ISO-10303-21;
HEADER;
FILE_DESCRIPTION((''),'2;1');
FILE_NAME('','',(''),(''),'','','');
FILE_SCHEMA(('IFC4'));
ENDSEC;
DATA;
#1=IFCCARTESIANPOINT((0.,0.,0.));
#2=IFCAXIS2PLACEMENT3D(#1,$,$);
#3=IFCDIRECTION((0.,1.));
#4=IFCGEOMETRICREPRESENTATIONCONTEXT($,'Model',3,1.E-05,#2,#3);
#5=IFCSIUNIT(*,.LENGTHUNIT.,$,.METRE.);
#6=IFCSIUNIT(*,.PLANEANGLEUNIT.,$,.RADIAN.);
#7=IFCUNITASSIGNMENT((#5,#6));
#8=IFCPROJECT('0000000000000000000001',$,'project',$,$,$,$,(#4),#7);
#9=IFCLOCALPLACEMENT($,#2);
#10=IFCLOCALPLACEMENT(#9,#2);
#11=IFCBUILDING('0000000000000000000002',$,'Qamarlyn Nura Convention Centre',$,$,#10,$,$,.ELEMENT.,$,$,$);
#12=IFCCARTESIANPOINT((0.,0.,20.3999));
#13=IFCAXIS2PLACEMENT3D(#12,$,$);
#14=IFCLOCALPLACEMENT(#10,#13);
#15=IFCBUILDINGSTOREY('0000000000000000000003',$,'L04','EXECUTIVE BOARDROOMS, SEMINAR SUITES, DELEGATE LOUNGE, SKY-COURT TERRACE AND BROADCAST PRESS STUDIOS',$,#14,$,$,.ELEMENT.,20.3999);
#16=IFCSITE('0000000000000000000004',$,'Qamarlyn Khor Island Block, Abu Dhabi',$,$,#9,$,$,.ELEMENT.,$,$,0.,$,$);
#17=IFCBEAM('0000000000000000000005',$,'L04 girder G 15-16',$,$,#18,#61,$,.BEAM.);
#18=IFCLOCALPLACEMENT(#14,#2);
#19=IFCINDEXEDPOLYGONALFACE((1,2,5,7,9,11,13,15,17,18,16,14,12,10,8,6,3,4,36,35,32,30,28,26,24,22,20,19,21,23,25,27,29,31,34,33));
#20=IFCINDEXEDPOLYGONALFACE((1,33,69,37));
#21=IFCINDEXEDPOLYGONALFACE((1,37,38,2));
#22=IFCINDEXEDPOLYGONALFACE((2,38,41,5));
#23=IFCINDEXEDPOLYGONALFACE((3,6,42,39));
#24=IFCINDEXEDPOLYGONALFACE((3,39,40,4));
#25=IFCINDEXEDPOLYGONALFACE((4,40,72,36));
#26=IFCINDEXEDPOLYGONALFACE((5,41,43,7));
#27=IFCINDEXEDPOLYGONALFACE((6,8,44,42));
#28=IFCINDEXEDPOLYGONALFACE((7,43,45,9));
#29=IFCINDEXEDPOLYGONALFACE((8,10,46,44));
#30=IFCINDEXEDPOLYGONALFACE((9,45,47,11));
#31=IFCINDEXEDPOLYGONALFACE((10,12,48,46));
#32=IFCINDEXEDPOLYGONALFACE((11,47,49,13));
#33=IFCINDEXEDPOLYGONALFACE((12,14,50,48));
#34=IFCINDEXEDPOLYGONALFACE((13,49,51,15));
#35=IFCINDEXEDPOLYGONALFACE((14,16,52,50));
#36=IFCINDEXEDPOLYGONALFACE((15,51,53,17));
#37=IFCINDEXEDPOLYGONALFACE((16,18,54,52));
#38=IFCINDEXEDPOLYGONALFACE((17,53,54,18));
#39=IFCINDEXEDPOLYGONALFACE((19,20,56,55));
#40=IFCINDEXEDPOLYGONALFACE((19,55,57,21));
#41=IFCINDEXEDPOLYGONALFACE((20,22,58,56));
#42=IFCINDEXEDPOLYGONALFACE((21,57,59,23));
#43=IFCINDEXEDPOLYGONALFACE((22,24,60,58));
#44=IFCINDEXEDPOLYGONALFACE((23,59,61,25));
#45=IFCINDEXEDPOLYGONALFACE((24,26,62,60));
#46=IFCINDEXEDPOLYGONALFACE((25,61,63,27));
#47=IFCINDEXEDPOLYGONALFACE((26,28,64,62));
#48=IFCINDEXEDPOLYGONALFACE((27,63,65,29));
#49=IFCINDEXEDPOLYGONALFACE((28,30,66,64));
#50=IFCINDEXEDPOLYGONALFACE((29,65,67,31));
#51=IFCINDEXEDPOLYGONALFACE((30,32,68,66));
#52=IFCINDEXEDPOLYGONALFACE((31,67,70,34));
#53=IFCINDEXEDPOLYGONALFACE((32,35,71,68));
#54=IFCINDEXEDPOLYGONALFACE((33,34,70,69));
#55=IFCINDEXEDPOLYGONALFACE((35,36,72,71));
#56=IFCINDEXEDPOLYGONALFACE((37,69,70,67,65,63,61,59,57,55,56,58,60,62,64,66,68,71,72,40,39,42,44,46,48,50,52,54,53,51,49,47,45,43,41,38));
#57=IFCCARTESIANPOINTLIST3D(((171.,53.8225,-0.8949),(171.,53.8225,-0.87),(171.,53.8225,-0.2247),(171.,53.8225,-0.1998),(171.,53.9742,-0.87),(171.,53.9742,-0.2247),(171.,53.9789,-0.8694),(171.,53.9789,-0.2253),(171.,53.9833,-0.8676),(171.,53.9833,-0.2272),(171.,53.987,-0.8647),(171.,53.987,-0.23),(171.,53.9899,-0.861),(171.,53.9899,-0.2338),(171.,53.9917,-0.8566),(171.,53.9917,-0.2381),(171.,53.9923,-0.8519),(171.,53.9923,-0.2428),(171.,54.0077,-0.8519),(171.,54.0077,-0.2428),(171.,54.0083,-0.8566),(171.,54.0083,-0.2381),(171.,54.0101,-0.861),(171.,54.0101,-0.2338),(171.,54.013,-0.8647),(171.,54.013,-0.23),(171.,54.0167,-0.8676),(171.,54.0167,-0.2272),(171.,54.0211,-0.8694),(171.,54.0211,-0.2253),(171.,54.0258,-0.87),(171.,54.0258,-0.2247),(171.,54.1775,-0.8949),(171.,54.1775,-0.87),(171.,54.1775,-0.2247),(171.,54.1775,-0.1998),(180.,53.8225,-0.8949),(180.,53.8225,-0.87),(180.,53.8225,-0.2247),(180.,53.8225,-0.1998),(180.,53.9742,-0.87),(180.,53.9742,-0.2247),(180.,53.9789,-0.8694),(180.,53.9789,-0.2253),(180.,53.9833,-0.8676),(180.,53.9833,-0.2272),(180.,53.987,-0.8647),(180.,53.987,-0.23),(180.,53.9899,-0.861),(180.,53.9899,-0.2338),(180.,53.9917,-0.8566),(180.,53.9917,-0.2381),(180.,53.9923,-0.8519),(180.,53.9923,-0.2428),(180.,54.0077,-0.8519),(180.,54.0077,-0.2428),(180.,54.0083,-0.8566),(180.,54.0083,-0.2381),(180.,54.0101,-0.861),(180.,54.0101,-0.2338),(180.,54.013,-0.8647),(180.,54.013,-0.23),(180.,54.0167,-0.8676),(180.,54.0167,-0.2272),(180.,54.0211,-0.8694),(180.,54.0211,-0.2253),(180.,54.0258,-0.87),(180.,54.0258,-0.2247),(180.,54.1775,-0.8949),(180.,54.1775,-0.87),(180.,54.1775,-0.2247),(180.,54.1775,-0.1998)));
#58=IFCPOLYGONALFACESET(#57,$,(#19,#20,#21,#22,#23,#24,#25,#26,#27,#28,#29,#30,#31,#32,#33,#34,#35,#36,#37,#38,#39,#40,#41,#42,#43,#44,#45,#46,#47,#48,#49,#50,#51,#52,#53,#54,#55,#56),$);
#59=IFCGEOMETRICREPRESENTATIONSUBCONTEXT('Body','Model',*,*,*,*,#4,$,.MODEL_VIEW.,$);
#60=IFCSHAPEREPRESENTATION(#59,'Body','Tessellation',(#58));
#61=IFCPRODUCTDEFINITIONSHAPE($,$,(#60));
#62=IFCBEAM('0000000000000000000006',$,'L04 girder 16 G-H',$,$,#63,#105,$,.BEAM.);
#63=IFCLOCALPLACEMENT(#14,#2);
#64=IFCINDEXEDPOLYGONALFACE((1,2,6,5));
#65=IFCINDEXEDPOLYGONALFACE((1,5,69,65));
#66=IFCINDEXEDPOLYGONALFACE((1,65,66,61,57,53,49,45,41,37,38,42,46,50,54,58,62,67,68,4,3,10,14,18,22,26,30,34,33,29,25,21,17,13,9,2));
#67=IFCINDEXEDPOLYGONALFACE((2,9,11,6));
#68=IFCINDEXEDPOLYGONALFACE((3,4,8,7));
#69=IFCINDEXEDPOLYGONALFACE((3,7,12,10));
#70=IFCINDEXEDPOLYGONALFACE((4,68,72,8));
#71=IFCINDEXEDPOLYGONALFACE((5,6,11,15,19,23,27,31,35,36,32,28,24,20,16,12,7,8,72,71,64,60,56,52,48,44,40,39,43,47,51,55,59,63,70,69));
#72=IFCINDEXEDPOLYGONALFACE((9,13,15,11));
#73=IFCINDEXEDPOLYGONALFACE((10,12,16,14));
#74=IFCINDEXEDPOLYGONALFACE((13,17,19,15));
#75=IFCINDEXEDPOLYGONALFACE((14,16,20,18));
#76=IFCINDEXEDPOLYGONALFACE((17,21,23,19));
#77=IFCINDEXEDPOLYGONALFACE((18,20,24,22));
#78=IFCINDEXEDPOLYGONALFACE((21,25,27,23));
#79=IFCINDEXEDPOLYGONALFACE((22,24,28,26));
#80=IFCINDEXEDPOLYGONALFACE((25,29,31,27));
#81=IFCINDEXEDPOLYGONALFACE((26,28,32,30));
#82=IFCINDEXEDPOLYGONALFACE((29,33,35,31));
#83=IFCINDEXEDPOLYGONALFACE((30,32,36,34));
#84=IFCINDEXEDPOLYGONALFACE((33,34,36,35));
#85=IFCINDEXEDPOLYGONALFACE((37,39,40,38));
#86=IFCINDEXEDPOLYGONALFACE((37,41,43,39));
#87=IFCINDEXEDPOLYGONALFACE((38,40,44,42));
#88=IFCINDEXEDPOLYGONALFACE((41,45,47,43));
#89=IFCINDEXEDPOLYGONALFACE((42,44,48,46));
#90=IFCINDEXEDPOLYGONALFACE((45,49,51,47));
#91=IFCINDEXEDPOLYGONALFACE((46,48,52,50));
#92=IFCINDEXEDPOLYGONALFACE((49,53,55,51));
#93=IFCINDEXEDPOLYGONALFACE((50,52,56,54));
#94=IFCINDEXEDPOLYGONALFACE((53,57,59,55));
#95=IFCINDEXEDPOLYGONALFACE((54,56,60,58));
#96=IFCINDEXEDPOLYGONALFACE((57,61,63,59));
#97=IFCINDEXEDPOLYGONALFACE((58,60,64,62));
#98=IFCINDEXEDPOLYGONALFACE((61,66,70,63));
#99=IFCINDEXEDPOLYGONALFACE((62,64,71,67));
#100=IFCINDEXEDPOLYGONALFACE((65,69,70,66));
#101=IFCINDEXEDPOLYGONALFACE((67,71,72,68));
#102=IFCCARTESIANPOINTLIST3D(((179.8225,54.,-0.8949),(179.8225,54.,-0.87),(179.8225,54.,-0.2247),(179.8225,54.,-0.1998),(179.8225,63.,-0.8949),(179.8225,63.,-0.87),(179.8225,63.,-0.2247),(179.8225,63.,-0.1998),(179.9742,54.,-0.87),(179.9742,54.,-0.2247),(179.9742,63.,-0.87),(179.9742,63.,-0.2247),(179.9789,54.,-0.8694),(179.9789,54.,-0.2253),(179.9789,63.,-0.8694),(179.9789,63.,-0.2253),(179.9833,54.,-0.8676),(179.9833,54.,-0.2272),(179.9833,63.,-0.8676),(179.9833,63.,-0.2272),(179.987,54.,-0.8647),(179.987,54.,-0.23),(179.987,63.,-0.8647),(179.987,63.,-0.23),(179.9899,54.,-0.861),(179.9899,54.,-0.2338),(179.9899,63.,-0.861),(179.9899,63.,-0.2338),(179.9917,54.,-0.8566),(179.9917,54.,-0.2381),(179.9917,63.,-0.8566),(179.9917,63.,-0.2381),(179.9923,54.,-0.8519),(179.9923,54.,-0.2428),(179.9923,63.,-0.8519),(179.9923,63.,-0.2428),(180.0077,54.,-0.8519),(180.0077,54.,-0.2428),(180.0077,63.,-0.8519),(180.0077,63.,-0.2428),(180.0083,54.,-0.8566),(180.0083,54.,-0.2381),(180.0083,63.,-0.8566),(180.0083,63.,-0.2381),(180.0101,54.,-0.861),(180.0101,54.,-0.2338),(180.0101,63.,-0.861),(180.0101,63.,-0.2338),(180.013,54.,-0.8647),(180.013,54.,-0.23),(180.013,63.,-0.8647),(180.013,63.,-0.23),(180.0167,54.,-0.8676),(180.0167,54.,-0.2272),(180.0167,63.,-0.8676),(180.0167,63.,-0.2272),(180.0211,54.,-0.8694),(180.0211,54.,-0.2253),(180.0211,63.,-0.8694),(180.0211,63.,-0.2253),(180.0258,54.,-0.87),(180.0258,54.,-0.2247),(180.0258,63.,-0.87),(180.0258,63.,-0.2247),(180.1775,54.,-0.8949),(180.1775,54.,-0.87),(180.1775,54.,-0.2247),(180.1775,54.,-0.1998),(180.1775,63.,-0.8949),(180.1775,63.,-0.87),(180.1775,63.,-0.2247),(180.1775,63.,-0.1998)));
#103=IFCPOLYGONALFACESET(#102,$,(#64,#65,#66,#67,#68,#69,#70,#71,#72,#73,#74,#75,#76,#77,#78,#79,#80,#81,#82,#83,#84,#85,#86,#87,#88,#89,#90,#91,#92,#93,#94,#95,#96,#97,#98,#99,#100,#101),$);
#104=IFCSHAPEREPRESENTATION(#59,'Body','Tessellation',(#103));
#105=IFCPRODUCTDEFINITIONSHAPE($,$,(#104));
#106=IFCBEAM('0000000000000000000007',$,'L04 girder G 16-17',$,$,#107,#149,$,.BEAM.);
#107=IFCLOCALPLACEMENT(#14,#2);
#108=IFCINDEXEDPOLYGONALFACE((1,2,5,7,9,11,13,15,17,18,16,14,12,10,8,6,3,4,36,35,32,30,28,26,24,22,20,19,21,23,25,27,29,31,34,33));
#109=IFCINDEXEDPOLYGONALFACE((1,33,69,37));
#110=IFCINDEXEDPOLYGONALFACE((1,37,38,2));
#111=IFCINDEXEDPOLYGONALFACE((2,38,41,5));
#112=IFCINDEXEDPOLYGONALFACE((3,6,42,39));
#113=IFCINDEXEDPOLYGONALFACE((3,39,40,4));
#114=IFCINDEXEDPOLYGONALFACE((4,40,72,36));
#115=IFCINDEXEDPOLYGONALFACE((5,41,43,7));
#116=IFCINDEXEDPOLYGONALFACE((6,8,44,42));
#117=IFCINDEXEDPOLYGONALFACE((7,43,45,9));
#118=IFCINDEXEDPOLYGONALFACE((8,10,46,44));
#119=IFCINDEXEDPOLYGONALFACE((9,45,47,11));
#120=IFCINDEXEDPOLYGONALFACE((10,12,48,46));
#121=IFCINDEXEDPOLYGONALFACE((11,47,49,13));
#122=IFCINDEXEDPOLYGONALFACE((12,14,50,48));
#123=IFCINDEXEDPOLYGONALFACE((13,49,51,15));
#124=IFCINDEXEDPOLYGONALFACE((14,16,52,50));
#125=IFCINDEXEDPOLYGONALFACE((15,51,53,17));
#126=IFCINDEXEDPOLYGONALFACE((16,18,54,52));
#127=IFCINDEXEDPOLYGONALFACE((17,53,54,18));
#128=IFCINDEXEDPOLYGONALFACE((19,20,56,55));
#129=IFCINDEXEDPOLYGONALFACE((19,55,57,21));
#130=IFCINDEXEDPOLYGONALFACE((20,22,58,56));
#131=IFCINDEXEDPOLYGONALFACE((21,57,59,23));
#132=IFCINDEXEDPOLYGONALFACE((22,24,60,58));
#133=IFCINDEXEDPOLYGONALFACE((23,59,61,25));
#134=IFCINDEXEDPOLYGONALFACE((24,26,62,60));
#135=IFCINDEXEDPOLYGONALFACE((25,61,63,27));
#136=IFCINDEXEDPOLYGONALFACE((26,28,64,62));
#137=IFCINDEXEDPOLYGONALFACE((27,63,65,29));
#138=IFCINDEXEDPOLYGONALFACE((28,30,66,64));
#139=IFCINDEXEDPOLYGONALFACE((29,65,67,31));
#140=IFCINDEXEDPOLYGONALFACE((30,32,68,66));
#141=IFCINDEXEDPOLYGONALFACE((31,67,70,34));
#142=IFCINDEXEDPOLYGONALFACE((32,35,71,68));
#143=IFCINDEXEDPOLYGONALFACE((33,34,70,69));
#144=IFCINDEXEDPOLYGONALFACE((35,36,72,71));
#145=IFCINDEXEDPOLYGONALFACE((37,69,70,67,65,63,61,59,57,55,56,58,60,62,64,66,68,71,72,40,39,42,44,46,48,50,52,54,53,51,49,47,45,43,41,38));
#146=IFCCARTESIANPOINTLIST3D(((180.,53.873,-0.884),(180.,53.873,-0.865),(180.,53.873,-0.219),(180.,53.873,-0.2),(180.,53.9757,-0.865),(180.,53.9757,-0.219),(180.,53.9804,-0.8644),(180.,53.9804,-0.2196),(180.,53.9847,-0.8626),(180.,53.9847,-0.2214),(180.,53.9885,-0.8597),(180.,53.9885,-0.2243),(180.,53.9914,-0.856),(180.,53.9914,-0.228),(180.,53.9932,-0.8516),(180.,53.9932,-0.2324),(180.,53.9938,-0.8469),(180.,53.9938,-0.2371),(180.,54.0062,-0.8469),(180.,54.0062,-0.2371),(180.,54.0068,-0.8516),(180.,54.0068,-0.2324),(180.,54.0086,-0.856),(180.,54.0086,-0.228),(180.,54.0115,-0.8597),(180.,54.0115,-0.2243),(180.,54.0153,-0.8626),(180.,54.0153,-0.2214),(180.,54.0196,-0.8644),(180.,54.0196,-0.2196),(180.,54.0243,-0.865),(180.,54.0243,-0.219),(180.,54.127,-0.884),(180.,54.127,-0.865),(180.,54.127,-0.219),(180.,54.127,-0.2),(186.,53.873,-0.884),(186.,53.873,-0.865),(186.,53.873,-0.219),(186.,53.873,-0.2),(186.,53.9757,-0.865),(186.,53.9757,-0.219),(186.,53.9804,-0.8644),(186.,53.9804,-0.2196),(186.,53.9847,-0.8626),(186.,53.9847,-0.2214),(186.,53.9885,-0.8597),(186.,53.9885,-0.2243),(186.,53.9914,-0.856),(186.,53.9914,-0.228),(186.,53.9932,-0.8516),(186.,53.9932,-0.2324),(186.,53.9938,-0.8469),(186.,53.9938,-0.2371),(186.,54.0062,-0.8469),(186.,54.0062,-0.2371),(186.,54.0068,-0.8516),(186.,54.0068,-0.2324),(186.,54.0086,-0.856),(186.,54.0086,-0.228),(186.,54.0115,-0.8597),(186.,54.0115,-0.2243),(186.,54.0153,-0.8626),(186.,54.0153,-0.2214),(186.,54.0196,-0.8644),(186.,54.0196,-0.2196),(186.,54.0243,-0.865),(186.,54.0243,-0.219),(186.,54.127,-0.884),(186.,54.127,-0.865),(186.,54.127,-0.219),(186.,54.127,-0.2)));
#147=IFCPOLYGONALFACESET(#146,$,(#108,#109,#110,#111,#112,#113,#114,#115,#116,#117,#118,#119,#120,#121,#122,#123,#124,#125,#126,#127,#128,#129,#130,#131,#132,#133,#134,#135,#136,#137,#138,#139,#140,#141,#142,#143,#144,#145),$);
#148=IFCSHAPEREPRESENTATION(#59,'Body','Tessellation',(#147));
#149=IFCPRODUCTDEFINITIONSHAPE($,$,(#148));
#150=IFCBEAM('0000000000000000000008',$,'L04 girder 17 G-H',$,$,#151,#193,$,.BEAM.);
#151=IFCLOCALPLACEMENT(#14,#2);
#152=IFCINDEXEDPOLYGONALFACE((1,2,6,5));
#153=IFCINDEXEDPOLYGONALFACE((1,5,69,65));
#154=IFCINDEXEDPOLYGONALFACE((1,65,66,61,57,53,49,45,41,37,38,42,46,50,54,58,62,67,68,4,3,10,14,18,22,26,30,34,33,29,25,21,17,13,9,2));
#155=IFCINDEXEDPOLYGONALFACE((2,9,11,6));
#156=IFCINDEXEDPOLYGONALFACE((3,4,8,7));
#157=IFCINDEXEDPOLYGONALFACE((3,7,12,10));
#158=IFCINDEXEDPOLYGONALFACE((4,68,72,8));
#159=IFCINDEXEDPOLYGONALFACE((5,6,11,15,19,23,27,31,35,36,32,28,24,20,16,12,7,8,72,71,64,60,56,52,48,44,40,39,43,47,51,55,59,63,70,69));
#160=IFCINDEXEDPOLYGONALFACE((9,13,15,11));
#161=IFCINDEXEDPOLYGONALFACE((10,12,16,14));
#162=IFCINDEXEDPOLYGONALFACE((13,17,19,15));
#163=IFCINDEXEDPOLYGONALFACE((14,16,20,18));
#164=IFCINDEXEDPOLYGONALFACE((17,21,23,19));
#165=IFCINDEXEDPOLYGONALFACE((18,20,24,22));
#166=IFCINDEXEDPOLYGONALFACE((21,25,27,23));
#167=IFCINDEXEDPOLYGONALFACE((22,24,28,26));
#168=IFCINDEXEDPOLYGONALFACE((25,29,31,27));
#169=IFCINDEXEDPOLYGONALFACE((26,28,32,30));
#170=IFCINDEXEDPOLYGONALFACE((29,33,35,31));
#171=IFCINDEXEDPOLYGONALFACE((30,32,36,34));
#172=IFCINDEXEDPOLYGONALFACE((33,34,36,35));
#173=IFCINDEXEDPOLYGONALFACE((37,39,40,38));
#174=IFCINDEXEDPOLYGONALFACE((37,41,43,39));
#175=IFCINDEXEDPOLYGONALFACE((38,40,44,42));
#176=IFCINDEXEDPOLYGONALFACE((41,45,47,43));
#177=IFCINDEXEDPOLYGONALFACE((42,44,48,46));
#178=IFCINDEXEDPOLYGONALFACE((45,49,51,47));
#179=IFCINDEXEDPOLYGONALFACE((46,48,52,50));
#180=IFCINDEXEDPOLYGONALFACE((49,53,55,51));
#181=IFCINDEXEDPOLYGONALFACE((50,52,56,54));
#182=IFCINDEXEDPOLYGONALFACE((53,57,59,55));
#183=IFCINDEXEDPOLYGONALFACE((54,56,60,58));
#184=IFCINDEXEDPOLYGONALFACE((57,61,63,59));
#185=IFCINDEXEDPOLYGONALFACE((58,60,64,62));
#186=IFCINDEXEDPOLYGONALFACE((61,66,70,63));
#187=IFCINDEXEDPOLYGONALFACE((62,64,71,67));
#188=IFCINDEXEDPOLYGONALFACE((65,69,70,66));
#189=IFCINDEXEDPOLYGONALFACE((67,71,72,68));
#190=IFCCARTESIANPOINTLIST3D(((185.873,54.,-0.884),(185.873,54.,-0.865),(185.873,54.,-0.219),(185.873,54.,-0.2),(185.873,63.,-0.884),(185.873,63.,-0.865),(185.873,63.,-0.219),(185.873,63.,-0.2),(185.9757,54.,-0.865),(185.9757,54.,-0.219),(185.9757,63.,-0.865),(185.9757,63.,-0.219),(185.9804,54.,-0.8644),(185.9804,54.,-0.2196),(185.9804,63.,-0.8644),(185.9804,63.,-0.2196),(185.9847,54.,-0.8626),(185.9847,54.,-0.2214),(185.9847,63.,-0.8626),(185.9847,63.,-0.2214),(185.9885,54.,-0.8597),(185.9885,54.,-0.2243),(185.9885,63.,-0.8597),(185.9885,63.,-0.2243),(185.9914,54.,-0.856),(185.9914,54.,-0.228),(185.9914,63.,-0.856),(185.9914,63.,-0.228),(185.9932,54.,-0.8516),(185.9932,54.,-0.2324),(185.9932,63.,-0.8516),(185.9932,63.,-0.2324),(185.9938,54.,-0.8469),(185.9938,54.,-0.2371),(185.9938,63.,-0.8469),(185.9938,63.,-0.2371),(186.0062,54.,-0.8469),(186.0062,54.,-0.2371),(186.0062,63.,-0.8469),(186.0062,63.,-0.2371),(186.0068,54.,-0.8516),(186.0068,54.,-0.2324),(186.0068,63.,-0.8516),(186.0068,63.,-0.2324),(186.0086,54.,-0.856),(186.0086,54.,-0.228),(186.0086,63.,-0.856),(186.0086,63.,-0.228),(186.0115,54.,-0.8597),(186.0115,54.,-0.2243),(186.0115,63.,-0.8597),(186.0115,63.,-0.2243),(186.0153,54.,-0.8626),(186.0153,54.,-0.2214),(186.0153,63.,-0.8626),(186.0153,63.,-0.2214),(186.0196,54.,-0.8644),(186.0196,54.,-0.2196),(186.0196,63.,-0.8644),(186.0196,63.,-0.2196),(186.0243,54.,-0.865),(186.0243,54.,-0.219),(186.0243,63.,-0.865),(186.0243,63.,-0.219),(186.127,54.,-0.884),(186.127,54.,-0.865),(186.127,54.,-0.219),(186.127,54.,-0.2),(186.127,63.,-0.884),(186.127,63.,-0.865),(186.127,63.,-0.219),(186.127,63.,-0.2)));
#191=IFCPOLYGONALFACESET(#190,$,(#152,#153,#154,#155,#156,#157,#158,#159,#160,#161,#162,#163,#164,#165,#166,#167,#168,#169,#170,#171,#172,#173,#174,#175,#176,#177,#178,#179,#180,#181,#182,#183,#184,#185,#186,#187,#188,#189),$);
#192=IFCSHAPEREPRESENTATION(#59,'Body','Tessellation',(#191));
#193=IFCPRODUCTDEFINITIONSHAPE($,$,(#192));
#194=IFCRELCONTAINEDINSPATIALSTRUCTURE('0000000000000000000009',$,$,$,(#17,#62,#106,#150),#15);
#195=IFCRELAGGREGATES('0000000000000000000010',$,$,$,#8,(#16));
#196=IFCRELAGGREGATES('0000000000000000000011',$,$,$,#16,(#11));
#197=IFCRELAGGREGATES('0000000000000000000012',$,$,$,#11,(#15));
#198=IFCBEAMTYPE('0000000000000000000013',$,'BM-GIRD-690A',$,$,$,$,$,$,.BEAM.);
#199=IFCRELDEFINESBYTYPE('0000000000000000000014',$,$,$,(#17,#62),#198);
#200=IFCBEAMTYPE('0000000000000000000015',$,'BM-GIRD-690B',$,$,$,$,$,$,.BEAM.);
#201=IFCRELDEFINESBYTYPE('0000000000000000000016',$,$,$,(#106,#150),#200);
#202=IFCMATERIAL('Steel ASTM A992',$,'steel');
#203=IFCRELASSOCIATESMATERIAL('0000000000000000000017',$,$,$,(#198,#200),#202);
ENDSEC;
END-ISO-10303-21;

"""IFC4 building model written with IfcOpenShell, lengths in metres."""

from ifc_helpers import new_model, si_unit, direction, frame, origin, origin_2d, place, context, subcontext, project, spatial, i_section, extrude, material, material_profile, profile_set, type_object, element, save


model = new_model("IFC4")

# Units and contexts
model_context = context("Model", 3, precision=1e-05, world=origin(), true_north=direction((0.0, 1.0)))
body_context = subcontext(model_context, "Body", "Model", "MODEL_VIEW")
ifc_project = project(units=[si_unit("LENGTHUNIT", "METRE"), si_unit("PLANEANGLEUNIT", "RADIAN")], contexts=[model_context])

# Site, building, storey
site_placement = place(None, origin())
site = spatial("IfcSite", under=ifc_project, at=site_placement, Name="Qamarlyn Khor Island Block, Abu Dhabi", CompositionType="ELEMENT", RefElevation=0.0)
building_placement = place(site_placement, origin())
building = spatial("IfcBuilding", under=site, at=building_placement, Name="Qamarlyn Nura Convention Centre", CompositionType="ELEMENT")
storey_placement = place(building_placement, frame((0.0, 0.0, 20.3999)))
storey = spatial("IfcBuildingStorey", under=building, at=storey_placement, Name="L04", Description="EXECUTIVE BOARDROOMS, SEMINAR SUITES, DELEGATE LOUNGE, SKY-COURT TERRACE AND BROADCAST PRESS STUDIOS", CompositionType="ELEMENT", Elevation=20.3999)

# Shared definitions
ifc_material_1 = material(Name="Steel ASTM A992", Category="steel")

# Beams
ifc_material_profile_1 = material_profile(ifc_material_1, i_section(OverallWidth=0.355, OverallDepth=0.6951, WebThickness=0.0154, FlangeThickness=0.0249, FilletRadius=0.0181, at=origin_2d()), Name="W690X217")
ifc_profile_set_1 = profile_set([ifc_material_profile_1], Name="Steel ASTM A992")
beam_type_1 = type_object("IfcBeamType", Name="BM-GIRD-690A", PredefinedType="BEAM", material=ifc_profile_set_1)
for number, where, z_axis, x_axis, name in (
    (1, (171.0, 54.0, -0.5474), (1.0, 0.0, 0.0), (0.0, 1.0, 0.0), "L04 girder G 15-16"),
    (2, (180.0, 54.0, -0.5474), (0.0, 1.0, 0.0), (-1.0, 0.0, 0.0), "L04 girder 16 G-H"),
):
    element("IfcBeam", number, at=place(storey_placement, frame(where, z_axis=z_axis, x_axis=x_axis)), inside=storey, type_object=beam_type_1, Name=name, PredefinedType="BEAM", context=body_context, shape_type="SweptSolid", body=[
        extrude(i_section(OverallWidth=0.355, OverallDepth=0.6951, WebThickness=0.0154, FlangeThickness=0.0249, FilletRadius=0.0181, at=origin_2d()), origin(), (0.0, 0.0, 1.0), 9.0),
    ])
ifc_material_profile_2 = material_profile(ifc_material_1, i_section(OverallWidth=0.2539, OverallDepth=0.6841, WebThickness=0.0125, FlangeThickness=0.019, FilletRadius=0.0181, at=origin_2d()), Name="W690X140")
ifc_profile_set_2 = profile_set([ifc_material_profile_2], Name="Steel ASTM A992")
beam_type_2 = type_object("IfcBeamType", Name="BM-GIRD-690B", PredefinedType="BEAM", material=ifc_profile_set_2)
beam_1_placement = place(storey_placement, frame((180.0, 54.0, -0.542), z_axis=(1.0, 0.0, 0.0), x_axis=(0.0, 1.0, 0.0)))
element("IfcBeam", 3, at=beam_1_placement, inside=storey, type_object=beam_type_2, Name="L04 girder G 16-17", PredefinedType="BEAM", context=body_context, shape_type="SweptSolid", body=[
    extrude(i_section(OverallWidth=0.2539, OverallDepth=0.6841, WebThickness=0.0125, FlangeThickness=0.019, FilletRadius=0.0181, at=origin_2d()), origin(), (0.0, 0.0, 1.0), 6.0),
])
beam_2_placement = place(storey_placement, frame((186.0, 54.0, -0.542), z_axis=(0.0, 1.0, 0.0), x_axis=(-1.0, 0.0, 0.0)))
element("IfcBeam", 4, at=beam_2_placement, inside=storey, type_object=beam_type_2, Name="L04 girder 17 G-H", PredefinedType="BEAM", context=body_context, shape_type="SweptSolid", body=[
    extrude(i_section(OverallWidth=0.2539, OverallDepth=0.6841, WebThickness=0.0125, FlangeThickness=0.019, FilletRadius=0.0181, at=origin_2d()), origin(), (0.0, 0.0, 1.0), 9.0),
])

save(model, "model.ifc")
